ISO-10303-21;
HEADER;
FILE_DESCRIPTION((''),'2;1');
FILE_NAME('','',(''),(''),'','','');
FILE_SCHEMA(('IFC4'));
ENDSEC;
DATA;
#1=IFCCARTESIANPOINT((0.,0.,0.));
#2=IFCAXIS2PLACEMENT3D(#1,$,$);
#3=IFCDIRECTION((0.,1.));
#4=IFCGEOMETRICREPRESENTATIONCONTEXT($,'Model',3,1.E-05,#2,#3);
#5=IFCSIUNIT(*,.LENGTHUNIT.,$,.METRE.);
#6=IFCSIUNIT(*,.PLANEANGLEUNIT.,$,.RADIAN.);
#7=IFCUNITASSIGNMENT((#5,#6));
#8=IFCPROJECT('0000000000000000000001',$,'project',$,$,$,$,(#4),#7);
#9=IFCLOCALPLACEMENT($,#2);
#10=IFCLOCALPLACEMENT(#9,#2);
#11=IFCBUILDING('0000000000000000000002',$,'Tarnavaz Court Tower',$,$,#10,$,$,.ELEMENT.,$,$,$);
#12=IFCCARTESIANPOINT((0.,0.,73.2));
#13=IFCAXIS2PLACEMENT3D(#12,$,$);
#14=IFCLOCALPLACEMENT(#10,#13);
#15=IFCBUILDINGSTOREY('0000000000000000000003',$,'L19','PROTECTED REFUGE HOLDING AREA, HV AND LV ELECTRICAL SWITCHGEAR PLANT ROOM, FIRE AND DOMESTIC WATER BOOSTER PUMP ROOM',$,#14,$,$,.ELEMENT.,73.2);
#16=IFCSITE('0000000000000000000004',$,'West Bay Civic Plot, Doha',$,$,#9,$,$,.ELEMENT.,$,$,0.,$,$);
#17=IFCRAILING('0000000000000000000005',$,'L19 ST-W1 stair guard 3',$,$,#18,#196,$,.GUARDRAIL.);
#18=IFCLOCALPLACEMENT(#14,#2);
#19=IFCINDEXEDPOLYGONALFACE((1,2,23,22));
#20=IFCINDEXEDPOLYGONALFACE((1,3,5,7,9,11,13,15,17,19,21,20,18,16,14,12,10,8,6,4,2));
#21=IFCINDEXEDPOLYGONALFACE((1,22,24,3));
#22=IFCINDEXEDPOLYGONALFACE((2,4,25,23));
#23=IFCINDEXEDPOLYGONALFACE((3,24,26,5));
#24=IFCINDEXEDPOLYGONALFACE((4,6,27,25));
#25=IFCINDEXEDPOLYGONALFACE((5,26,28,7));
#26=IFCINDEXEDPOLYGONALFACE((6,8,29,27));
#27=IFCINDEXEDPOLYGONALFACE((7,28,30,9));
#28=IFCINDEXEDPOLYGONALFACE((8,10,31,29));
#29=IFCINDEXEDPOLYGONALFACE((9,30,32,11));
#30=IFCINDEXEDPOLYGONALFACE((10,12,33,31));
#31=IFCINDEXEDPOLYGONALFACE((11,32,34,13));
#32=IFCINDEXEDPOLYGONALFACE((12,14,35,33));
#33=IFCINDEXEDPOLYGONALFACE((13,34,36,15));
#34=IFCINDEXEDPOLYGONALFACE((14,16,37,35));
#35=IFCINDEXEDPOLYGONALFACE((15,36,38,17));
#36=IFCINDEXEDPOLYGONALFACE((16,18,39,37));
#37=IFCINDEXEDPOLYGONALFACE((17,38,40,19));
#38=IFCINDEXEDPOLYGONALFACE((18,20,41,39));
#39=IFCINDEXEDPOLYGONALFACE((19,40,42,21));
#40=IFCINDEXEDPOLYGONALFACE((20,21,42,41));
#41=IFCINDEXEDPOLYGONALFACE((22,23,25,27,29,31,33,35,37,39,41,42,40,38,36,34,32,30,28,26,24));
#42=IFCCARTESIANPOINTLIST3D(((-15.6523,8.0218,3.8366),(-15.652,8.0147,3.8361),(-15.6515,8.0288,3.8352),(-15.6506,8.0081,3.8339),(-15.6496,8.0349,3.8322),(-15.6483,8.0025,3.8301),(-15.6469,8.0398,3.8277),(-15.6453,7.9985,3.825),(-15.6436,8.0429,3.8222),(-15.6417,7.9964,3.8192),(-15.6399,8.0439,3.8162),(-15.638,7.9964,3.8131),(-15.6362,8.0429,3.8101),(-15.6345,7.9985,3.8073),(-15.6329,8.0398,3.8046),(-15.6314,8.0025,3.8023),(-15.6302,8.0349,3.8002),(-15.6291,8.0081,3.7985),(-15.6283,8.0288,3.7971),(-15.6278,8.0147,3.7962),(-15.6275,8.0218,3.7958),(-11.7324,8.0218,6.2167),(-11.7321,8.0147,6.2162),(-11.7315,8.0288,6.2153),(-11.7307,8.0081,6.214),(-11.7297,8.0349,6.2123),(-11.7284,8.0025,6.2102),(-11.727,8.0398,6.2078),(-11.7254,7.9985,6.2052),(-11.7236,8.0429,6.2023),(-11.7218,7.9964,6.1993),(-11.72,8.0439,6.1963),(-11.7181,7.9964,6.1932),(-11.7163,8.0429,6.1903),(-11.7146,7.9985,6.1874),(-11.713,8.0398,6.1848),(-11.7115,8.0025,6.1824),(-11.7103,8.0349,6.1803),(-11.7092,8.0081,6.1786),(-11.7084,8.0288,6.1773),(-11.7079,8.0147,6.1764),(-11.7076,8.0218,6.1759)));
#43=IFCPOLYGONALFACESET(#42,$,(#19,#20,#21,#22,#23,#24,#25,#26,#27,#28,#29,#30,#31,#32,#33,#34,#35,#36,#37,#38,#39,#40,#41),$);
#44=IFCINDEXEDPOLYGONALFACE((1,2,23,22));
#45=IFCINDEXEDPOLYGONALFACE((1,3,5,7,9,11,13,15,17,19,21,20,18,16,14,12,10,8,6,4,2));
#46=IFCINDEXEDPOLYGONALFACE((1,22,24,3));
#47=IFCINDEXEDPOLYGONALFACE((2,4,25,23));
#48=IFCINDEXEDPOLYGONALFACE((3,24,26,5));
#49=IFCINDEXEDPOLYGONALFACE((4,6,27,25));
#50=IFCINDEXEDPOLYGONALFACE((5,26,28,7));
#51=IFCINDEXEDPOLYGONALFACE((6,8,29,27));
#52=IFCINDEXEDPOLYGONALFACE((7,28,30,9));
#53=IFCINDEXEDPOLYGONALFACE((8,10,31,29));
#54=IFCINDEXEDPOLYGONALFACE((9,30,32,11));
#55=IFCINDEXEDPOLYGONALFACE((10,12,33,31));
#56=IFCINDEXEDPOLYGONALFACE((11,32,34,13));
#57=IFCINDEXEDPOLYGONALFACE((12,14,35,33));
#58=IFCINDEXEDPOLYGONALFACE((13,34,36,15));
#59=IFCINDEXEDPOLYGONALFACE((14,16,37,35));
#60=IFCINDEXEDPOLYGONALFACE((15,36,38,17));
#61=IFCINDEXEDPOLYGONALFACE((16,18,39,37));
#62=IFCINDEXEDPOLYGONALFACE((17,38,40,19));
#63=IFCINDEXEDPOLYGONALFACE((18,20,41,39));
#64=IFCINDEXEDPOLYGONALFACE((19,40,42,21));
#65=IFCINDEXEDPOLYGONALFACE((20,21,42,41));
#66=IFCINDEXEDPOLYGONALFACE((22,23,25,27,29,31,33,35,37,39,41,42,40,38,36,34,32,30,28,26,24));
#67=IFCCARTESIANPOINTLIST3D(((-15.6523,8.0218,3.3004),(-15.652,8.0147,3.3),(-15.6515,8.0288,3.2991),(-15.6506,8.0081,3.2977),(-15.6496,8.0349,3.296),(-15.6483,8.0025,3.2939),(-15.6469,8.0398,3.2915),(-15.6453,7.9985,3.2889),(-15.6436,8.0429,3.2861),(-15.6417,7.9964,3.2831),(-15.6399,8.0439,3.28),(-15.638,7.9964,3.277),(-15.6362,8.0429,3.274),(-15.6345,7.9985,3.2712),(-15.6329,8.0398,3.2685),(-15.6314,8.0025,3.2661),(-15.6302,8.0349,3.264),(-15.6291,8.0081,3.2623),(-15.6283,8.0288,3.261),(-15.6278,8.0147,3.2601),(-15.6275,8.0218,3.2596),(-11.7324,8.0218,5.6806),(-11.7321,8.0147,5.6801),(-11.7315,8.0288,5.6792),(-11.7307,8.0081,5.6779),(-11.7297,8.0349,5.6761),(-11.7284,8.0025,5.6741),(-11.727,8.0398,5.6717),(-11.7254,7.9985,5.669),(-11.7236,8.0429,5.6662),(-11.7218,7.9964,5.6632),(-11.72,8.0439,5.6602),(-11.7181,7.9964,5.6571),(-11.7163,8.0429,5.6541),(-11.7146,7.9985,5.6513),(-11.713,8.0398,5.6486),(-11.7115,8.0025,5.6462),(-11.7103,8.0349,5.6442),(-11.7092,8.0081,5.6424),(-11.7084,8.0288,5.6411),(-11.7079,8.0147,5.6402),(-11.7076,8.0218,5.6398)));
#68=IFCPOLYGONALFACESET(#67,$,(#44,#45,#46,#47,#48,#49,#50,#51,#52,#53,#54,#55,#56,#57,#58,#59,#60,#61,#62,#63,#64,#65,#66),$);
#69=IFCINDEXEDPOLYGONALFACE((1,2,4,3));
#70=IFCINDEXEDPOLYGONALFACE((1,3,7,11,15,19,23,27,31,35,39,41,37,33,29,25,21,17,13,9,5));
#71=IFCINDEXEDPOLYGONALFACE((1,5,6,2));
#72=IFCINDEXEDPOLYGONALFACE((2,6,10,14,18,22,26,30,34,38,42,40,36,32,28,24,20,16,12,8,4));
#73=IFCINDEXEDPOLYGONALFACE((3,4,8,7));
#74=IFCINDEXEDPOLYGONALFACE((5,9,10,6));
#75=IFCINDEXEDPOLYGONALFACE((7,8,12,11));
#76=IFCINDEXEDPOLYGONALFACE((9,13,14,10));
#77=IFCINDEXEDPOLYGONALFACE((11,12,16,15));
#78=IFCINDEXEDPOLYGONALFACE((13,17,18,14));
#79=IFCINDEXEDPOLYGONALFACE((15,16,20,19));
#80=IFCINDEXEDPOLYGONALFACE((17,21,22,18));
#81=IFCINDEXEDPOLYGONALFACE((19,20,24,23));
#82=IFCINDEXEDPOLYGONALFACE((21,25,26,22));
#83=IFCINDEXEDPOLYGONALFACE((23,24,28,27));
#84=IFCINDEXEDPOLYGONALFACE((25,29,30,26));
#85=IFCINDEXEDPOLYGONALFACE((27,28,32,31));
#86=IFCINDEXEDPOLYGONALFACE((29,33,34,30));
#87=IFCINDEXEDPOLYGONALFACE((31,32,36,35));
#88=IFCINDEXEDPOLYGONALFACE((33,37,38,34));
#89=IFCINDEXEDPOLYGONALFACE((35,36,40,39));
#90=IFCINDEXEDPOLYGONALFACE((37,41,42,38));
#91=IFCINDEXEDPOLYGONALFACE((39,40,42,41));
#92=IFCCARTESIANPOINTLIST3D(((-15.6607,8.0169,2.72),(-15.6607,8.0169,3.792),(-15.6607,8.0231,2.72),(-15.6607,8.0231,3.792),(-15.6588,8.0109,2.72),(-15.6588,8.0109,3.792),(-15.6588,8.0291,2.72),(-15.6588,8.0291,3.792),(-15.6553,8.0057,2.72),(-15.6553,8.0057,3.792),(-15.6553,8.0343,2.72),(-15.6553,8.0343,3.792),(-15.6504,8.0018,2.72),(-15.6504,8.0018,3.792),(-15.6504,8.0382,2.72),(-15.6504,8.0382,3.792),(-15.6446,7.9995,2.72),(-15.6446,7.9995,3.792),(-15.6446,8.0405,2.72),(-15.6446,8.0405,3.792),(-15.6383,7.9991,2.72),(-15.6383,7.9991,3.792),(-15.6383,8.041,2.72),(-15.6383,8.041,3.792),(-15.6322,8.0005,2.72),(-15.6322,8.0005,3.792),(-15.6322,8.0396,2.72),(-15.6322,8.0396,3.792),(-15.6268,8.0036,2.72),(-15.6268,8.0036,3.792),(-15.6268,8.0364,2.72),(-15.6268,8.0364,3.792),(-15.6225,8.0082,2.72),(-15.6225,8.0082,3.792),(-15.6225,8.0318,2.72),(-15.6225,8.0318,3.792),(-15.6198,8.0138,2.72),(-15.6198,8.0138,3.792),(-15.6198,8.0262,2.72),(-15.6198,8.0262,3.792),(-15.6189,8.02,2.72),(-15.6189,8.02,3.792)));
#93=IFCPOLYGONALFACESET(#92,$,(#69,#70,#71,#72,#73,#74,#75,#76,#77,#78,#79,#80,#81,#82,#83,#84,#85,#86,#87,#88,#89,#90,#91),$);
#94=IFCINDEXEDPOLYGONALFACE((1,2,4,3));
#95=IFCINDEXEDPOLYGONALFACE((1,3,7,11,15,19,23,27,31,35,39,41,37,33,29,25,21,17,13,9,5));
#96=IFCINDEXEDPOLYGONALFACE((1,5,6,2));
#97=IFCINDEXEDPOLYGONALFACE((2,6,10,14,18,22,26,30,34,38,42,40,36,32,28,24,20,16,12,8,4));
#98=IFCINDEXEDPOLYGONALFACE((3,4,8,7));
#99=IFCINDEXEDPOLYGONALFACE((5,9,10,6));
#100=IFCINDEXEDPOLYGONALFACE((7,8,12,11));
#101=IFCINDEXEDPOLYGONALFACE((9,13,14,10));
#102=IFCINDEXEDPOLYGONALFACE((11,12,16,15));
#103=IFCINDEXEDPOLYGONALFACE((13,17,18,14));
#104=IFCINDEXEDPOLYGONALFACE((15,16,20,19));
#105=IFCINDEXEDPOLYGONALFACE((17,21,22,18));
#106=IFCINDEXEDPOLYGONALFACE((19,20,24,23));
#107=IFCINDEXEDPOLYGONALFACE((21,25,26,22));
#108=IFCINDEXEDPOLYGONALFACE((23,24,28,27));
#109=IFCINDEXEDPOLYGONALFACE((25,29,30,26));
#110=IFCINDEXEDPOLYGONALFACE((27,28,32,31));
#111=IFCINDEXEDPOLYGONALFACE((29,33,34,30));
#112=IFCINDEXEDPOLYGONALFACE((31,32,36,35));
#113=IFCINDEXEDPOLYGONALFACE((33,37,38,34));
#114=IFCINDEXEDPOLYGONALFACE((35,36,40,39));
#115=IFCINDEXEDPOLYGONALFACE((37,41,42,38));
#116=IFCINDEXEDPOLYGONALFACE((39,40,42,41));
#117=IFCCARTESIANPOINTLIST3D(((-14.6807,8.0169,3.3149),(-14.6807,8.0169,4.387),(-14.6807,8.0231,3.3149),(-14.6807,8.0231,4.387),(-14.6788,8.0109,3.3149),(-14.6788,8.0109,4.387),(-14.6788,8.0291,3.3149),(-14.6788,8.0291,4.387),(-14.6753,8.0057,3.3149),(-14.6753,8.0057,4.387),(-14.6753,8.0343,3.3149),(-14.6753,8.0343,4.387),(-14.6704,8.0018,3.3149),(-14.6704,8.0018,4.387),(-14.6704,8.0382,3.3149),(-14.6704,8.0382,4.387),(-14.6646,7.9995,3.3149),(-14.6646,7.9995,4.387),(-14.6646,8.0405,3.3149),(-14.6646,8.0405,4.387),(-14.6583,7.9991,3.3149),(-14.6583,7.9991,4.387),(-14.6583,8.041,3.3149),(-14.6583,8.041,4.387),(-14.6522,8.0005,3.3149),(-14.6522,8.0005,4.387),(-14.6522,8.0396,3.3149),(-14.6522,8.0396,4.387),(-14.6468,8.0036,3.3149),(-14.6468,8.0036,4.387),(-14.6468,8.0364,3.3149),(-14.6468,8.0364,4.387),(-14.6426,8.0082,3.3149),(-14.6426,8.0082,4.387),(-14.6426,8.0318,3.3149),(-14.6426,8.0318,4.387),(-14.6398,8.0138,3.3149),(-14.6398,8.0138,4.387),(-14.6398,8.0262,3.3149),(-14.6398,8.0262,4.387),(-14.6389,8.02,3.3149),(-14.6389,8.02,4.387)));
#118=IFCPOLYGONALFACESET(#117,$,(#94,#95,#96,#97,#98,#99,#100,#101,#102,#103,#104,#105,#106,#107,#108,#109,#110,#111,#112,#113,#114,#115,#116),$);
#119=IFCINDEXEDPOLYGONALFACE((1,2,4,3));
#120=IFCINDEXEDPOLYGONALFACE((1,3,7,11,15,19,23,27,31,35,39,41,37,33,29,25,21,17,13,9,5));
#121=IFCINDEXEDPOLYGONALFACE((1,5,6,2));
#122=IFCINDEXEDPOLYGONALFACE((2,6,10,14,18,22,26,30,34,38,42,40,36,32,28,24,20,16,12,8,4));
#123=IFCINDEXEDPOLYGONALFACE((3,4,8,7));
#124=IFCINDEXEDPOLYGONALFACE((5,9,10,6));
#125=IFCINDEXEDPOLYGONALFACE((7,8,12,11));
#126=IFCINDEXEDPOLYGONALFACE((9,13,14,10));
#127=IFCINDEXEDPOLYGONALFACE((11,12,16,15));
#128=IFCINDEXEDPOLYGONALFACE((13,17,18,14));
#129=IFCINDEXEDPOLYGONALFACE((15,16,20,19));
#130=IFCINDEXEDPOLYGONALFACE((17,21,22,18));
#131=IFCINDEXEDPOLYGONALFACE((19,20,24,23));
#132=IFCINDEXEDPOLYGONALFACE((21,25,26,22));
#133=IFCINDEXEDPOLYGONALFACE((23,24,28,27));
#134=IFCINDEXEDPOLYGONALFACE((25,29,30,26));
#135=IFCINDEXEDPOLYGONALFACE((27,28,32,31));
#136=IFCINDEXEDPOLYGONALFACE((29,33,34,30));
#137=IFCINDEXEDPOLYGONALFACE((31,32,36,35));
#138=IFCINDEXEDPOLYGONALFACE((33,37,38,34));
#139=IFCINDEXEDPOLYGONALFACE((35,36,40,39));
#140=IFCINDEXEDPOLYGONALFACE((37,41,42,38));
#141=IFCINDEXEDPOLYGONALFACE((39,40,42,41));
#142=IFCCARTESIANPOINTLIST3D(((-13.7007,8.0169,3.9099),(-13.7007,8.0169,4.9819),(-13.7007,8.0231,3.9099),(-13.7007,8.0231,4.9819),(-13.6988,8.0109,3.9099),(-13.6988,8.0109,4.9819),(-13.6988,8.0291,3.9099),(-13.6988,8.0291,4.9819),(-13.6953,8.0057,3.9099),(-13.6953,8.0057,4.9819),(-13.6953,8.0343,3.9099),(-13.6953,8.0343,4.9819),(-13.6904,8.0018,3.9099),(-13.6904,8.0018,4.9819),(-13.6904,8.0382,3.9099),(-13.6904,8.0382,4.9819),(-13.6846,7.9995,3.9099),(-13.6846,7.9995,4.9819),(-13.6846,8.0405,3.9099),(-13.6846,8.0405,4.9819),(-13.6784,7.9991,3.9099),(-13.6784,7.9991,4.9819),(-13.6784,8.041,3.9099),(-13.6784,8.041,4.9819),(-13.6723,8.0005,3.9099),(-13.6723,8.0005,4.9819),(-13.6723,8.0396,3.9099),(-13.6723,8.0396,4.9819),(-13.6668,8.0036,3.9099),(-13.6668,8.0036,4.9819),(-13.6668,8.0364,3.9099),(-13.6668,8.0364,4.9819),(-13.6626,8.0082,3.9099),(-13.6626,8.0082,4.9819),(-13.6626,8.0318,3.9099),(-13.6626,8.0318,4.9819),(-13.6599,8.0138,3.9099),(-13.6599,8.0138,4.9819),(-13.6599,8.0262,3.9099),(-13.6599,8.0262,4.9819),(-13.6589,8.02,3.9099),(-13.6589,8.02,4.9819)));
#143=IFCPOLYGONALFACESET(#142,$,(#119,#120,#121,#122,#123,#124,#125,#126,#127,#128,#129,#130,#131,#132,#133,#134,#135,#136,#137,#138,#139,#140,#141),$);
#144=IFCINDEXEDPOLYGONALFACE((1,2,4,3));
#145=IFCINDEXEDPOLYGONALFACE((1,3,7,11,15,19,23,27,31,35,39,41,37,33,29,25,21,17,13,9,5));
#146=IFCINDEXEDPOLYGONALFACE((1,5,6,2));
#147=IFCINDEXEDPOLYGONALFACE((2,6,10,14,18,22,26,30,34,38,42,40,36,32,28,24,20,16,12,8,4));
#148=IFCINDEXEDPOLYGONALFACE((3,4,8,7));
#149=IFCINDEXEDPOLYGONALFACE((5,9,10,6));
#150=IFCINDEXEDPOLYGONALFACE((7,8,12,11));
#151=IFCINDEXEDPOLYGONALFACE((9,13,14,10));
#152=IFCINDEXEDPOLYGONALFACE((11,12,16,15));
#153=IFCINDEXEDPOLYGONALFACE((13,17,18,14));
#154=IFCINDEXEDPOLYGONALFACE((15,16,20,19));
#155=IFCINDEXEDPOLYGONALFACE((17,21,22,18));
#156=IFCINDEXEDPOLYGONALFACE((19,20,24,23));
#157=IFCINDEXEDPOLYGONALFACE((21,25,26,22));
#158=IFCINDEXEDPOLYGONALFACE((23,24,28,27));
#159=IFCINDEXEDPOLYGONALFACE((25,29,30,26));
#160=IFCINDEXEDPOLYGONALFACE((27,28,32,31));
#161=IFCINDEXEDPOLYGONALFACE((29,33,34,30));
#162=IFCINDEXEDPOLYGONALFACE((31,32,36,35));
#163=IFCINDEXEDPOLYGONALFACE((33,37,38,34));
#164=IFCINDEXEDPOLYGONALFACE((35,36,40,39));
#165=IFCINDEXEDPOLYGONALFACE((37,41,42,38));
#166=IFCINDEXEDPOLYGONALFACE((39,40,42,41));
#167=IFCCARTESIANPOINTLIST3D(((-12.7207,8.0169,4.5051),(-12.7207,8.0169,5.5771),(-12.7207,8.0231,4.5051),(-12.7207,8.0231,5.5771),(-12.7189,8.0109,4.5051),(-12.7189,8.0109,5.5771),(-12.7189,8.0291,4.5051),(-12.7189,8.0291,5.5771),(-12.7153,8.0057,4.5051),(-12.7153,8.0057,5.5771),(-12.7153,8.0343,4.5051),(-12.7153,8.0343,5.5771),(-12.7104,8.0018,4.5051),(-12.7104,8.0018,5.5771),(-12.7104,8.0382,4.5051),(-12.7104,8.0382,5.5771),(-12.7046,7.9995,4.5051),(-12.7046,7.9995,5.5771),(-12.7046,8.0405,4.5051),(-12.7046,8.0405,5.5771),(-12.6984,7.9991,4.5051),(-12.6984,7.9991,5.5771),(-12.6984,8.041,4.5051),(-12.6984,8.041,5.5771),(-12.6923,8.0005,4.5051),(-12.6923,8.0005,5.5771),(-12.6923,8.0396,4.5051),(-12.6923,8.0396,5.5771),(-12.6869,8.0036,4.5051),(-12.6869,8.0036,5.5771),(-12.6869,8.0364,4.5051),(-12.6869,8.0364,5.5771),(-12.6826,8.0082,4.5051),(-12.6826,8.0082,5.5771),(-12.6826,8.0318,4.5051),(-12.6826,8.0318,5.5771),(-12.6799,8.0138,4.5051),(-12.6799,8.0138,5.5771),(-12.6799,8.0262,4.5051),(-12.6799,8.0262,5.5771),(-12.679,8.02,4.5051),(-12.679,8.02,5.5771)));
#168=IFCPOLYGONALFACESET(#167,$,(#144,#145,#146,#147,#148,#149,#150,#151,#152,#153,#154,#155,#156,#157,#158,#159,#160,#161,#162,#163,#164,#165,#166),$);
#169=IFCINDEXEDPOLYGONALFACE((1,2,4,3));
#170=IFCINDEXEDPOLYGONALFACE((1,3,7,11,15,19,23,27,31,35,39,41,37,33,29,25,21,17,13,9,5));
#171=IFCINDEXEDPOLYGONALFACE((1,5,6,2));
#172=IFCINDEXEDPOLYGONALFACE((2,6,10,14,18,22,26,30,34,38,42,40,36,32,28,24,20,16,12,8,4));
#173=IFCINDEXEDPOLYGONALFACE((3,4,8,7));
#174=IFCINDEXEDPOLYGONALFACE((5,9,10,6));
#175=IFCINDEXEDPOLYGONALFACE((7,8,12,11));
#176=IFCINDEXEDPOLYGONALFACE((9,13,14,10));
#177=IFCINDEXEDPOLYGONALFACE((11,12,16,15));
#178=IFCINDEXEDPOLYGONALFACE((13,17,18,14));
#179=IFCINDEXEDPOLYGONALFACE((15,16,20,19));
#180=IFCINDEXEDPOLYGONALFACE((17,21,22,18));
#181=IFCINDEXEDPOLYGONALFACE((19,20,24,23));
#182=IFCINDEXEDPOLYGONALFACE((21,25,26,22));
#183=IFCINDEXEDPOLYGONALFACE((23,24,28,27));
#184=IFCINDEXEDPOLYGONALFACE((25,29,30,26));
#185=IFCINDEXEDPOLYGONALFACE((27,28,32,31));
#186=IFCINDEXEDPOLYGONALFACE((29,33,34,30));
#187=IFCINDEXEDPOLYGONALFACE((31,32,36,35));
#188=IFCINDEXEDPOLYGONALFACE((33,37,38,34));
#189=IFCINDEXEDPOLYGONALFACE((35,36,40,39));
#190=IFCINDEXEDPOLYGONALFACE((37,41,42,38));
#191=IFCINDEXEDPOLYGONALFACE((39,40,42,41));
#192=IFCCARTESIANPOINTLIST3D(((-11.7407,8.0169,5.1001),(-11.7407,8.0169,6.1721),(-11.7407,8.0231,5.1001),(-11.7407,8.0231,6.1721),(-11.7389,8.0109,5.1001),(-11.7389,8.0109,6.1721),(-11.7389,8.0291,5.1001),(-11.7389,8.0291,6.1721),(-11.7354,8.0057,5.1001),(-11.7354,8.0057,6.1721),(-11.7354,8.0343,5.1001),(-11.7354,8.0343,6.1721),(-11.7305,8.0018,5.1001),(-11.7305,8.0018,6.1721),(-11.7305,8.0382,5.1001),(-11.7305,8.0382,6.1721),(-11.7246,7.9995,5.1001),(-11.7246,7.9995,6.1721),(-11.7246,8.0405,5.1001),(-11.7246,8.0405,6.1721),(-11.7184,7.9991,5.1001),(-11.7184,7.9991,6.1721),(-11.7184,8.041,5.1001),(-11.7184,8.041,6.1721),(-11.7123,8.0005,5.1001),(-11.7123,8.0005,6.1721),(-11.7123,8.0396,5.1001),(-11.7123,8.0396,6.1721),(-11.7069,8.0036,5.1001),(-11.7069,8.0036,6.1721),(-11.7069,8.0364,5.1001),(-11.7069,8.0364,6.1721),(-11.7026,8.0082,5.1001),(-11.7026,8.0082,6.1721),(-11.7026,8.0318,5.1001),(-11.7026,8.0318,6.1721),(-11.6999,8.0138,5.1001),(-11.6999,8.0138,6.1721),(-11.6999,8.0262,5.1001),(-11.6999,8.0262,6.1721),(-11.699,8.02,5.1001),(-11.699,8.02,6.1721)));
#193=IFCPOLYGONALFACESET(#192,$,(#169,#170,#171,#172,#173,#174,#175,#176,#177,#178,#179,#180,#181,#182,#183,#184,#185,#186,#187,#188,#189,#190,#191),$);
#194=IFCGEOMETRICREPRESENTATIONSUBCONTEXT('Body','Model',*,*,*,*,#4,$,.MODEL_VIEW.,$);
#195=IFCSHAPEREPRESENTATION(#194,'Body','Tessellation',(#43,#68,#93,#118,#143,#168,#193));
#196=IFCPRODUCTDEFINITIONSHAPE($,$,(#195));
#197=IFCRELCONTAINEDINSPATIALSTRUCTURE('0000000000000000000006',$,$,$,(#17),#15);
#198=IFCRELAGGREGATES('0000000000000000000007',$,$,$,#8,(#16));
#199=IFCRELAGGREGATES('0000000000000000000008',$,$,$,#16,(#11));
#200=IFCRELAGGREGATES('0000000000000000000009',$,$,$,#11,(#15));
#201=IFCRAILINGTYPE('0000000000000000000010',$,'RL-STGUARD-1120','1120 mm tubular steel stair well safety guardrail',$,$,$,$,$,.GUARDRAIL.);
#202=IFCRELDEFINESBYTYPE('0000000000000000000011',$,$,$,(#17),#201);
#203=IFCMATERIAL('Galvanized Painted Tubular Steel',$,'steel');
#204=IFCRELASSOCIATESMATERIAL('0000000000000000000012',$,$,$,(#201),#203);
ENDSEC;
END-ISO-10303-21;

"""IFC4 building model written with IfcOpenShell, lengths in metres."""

from ifc_helpers import new_model, si_unit, direction, frame, origin, origin_2d, place, context, subcontext, project, spatial, circle, extrude, material, type_object, element, save


model = new_model("IFC4")

# Units and contexts
model_context = context("Model", 3, precision=1e-05, world=origin(), true_north=direction((0.0, 1.0)))
body_context = subcontext(model_context, "Body", "Model", "MODEL_VIEW")
ifc_project = project(units=[si_unit("LENGTHUNIT", "METRE"), si_unit("PLANEANGLEUNIT", "RADIAN")], contexts=[model_context])

# Site, building, storey
site_placement = place(None, origin())
site = spatial("IfcSite", under=ifc_project, at=site_placement, Name="West Bay Civic Plot, Doha", CompositionType="ELEMENT", RefElevation=0.0)
building_placement = place(site_placement, origin())
building = spatial("IfcBuilding", under=site, at=building_placement, Name="Tarnavaz Court Tower", CompositionType="ELEMENT")
storey_placement = place(building_placement, frame((0.0, 0.0, 73.2)))
storey = spatial("IfcBuildingStorey", under=building, at=storey_placement, Name="L19", Description="PROTECTED REFUGE HOLDING AREA, HV AND LV ELECTRICAL SWITCHGEAR PLANT ROOM, FIRE AND DOMESTIC WATER BOOSTER PUMP ROOM", CompositionType="ELEMENT", Elevation=73.2)

# Railing
ifc_material_1 = material(Name="Galvanized Painted Tubular Steel", Category="steel")
railing_type_1 = type_object("IfcRailingType", Name="RL-STGUARD-1120", Description="1120 mm tubular steel stair well safety guardrail", PredefinedType="GUARDRAIL", material=ifc_material_1)
railing_1_placement = place(storey_placement, frame((-15.6399, 8.02, 2.72)))
element("IfcRailing", 1, at=railing_1_placement, inside=storey, type_object=railing_type_1, Name="L19 ST-W1 stair guard 3", PredefinedType="GUARDRAIL", context=body_context, shape_type="SweptSolid", body=[
    extrude(circle(Radius=0.0239, at=origin_2d()), frame((0.0, 0.0, 1.0962), z_axis=(0.854771, 0.0, 0.519006), x_axis=(0.0, 1.0, 0.0)), (0.0, 0.0, 1.0), 4.5859),
    extrude(circle(Radius=0.0239, at=origin_2d()), frame((0.0, 0.0, 0.5601), z_axis=(0.854771, 0.0, 0.519006), x_axis=(0.0, 1.0, 0.0)), (0.0, 0.0, 1.0), 4.5859),
    extrude(circle(Radius=0.021, at=origin_2d()), origin(), (0.0, 0.0, 1.0), 1.072),
    extrude(circle(Radius=0.021, at=origin_2d()), frame((0.98, 0.0, 0.595)), (0.0, 0.0, 1.0), 1.072),
    extrude(circle(Radius=0.021, at=origin_2d()), frame((1.96, 0.0, 1.1899)), (0.0, 0.0, 1.0), 1.072),
    extrude(circle(Radius=0.021, at=origin_2d()), frame((2.9399, 0.0, 1.7852)), (0.0, 0.0, 1.0), 1.072),
    extrude(circle(Radius=0.021, at=origin_2d()), frame((3.9199, 0.0, 2.3801)), (0.0, 0.0, 1.0), 1.072),
])

save(model, "model.ifc")
